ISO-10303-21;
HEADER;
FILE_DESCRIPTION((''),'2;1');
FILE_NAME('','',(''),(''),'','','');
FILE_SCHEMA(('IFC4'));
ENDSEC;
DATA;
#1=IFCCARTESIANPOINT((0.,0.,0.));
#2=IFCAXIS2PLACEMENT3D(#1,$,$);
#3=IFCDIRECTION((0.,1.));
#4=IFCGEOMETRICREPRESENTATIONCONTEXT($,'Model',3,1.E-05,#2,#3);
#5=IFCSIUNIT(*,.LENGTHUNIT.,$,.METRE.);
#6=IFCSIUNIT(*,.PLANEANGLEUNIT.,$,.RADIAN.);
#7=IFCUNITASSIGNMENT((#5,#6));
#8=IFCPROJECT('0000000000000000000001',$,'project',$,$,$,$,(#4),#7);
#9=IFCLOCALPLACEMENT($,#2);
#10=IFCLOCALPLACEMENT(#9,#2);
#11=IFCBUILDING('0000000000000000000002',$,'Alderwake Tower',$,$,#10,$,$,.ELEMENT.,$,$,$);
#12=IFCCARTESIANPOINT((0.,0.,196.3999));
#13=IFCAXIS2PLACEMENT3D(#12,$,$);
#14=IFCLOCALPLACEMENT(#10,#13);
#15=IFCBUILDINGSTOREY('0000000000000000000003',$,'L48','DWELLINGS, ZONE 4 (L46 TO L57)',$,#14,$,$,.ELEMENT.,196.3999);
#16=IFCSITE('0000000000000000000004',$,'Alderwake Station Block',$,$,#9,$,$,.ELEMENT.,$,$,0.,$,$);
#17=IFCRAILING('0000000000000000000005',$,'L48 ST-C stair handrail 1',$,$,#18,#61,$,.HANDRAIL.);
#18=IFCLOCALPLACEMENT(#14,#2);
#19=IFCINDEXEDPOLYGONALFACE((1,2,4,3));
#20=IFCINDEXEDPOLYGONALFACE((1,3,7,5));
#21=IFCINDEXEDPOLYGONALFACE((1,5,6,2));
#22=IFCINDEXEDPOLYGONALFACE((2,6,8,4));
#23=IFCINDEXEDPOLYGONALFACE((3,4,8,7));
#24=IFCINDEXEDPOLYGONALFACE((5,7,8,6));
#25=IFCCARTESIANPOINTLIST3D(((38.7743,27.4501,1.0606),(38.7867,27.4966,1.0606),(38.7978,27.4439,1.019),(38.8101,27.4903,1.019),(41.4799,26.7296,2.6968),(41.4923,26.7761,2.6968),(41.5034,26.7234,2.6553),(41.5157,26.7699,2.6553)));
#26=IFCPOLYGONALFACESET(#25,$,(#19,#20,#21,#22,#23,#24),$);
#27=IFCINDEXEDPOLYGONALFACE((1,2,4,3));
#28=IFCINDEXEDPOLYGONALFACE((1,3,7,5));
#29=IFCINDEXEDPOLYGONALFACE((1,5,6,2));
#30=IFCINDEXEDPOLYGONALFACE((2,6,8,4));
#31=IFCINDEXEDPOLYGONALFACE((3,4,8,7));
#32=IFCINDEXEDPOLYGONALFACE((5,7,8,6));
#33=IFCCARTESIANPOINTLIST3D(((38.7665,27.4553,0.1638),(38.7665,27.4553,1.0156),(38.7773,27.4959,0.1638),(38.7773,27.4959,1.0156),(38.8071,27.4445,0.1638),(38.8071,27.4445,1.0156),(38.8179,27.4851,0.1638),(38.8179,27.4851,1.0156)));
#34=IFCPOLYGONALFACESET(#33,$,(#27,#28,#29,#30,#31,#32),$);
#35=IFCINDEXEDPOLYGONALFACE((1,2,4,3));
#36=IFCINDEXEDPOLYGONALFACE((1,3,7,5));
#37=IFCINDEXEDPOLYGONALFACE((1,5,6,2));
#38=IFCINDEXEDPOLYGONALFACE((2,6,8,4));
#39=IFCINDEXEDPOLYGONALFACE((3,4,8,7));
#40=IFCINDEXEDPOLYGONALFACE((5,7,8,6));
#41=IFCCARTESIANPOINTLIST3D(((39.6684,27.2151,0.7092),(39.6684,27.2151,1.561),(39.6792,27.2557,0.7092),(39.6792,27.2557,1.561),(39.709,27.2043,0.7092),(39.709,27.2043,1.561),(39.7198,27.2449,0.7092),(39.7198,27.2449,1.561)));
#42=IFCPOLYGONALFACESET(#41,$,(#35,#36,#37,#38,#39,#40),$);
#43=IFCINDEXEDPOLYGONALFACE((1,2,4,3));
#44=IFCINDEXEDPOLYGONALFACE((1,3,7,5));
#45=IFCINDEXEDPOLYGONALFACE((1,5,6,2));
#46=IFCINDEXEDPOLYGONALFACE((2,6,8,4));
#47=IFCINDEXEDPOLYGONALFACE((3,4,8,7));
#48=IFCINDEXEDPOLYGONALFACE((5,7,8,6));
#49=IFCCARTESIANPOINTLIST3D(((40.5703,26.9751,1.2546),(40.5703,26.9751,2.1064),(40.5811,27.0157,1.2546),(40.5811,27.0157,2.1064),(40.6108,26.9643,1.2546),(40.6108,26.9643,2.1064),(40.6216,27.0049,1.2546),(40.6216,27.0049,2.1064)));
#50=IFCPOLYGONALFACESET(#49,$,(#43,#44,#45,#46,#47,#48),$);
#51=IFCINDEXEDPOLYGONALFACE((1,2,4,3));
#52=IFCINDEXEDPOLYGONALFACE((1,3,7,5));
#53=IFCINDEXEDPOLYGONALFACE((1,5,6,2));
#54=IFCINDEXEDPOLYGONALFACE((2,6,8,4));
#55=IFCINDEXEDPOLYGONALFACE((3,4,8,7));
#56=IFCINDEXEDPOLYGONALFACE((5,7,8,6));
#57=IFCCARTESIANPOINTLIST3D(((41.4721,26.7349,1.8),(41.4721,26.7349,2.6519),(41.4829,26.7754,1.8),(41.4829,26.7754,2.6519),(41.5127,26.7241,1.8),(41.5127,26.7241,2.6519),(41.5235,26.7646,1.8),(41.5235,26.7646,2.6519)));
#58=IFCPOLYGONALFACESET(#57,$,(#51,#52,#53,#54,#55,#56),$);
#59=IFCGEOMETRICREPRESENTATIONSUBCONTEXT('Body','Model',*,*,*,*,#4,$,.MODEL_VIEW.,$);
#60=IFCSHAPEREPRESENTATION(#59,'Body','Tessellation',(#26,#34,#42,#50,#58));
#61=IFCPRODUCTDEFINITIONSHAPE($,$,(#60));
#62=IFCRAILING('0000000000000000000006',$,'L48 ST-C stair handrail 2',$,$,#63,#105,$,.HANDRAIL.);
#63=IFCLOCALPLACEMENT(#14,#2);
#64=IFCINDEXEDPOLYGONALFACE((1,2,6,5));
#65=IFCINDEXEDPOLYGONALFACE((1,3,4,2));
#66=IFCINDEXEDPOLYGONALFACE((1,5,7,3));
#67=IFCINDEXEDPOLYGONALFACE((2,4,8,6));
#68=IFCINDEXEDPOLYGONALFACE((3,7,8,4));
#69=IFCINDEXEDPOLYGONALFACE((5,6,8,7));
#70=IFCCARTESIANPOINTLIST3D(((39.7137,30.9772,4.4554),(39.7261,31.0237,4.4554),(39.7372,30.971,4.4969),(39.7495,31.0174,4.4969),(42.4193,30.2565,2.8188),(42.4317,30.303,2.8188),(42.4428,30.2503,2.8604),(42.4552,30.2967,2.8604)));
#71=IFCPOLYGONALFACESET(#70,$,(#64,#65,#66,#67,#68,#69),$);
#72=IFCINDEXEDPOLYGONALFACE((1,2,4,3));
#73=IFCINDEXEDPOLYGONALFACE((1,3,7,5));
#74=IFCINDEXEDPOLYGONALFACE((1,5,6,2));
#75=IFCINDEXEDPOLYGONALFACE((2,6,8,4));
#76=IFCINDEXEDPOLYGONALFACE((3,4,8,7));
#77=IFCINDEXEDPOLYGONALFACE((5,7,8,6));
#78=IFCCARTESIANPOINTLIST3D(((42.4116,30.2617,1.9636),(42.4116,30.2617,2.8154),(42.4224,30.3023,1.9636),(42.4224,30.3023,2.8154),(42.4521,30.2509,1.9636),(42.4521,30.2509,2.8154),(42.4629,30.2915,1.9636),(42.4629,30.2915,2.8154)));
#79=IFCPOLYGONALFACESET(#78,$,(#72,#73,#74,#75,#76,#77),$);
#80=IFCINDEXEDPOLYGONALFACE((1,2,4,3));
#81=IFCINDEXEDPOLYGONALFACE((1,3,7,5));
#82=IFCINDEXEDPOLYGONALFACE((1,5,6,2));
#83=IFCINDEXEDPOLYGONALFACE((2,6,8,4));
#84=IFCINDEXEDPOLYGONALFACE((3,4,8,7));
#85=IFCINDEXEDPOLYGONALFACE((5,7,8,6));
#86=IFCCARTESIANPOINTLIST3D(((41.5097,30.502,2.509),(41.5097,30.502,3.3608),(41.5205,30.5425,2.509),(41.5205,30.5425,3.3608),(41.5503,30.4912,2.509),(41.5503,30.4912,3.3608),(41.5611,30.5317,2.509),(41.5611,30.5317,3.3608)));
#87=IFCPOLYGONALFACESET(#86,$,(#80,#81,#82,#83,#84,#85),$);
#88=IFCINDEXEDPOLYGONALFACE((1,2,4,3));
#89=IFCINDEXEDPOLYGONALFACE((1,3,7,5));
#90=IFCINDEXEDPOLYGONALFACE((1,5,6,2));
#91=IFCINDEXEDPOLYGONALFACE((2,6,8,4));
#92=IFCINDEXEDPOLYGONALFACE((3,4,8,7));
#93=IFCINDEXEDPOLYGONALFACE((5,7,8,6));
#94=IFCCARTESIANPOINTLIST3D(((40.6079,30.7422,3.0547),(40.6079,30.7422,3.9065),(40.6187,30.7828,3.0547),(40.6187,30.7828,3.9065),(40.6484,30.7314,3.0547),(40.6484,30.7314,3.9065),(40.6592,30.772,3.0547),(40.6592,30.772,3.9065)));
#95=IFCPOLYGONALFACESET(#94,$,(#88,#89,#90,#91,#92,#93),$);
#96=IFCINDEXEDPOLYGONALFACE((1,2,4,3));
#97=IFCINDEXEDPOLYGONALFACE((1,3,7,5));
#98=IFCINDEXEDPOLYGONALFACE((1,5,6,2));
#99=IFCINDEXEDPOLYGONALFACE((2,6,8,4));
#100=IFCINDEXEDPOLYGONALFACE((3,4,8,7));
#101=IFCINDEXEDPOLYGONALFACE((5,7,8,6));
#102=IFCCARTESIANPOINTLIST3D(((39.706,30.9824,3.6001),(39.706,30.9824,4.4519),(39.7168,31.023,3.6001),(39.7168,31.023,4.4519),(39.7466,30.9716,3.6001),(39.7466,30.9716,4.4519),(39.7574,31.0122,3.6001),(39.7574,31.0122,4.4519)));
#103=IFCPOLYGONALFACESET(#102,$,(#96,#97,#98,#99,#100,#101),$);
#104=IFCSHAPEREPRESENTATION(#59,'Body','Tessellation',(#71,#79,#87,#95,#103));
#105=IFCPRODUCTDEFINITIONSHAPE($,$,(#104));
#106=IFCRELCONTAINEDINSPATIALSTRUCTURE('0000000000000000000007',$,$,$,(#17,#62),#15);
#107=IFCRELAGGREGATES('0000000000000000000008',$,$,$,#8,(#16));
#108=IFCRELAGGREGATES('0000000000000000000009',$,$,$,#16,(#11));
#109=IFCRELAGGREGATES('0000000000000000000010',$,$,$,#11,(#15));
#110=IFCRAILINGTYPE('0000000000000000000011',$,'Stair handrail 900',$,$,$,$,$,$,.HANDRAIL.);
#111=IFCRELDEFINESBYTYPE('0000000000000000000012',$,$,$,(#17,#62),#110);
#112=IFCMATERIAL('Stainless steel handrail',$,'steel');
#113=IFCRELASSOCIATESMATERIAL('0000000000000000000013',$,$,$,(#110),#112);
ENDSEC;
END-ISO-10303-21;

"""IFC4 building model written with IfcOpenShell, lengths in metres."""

from ifc_helpers import new_model, si_unit, direction, frame, origin, origin_2d, place, context, subcontext, project, spatial, rectangle, extrude, material, type_object, element, save


model = new_model("IFC4")

# Units and contexts
model_context = context("Model", 3, precision=1e-05, world=origin(), true_north=direction((0.0, 1.0)))
body_context = subcontext(model_context, "Body", "Model", "MODEL_VIEW")
ifc_project = project(units=[si_unit("LENGTHUNIT", "METRE"), si_unit("PLANEANGLEUNIT", "RADIAN")], contexts=[model_context])

# Site, building, storey
site_placement = place(None, origin())
site = spatial("IfcSite", under=ifc_project, at=site_placement, Name="Alderwake Station Block", CompositionType="ELEMENT", RefElevation=0.0)
building_placement = place(site_placement, origin())
building = spatial("IfcBuilding", under=site, at=building_placement, Name="Alderwake Tower", CompositionType="ELEMENT")
storey_placement = place(building_placement, frame((0.0, 0.0, 196.3999)))
storey = spatial("IfcBuildingStorey", under=building, at=storey_placement, Name="L48", Description="DWELLINGS, ZONE 4 (L46 TO L57)", CompositionType="ELEMENT", Elevation=196.3999)

# Railings
ifc_material_1 = material(Name="Stainless steel handrail", Category="steel")
railing_type_1 = type_object("IfcRailingType", Name="Stair handrail 900", PredefinedType="HANDRAIL", material=ifc_material_1)
railing_1_placement = place(storey_placement, frame((38.7922, 27.4702, 0.1638)))
element("IfcRailing", 1, at=railing_1_placement, inside=storey, type_object=railing_type_1, Name="L48 ST-C stair handrail 1", PredefinedType="HANDRAIL", context=body_context, shape_type="SweptSolid", body=[
    extrude(rectangle(XDim=0.0481, YDim=0.0481, at=origin_2d()), frame((0.0, 0.0, 0.876), z_axis=(0.834305, -0.222165, 0.504558), x_axis=(0.257321, 0.966326, 0.0)), (0.0, 0.0, 1.0), 3.2429),
    extrude(rectangle(XDim=0.042, YDim=0.042, at=origin_2d()), frame((0.0, 0.0, 0.0), z_axis=(0.0, 0.0, 1.0), x_axis=(0.966326, -0.257321, 0.0)), (0.0, 0.0, 1.0), 0.8518),
    extrude(rectangle(XDim=0.042, YDim=0.042, at=origin_2d()), frame((0.9019, -0.2402, 0.5454), z_axis=(0.0, 0.0, 1.0), x_axis=(0.966326, -0.257321, 0.0)), (0.0, 0.0, 1.0), 0.8518),
    extrude(rectangle(XDim=0.042, YDim=0.042, at=origin_2d()), frame((1.8037, -0.4802, 1.0908), z_axis=(0.0, 0.0, 1.0), x_axis=(0.966326, -0.257321, 0.0)), (0.0, 0.0, 1.0), 0.8518),
    extrude(rectangle(XDim=0.042, YDim=0.042, at=origin_2d()), frame((2.7056, -0.7205, 1.6362), z_axis=(0.0, 0.0, 1.0), x_axis=(0.966326, -0.257321, 0.0)), (0.0, 0.0, 1.0), 0.8518),
])
railing_2_placement = place(storey_placement, frame((42.4373, 30.2766, 1.9636)))
element("IfcRailing", 2, at=railing_2_placement, inside=storey, type_object=railing_type_1, Name="L48 ST-C stair handrail 2", PredefinedType="HANDRAIL", context=body_context, shape_type="SweptSolid", body=[
    extrude(rectangle(XDim=0.0481, YDim=0.0481, at=origin_2d()), frame((0.0, 0.0, 0.876), z_axis=(-0.834259, 0.222228, 0.504605), x_axis=(-0.257402, -0.966304, 0.0)), (0.0, 0.0, 1.0), 3.2432),
    extrude(rectangle(XDim=0.042, YDim=0.042, at=origin_2d()), frame((0.0, 0.0, 0.0), z_axis=(0.0, 0.0, 1.0), x_axis=(-0.966304, 0.257402, 0.0)), (0.0, 0.0, 1.0), 0.8518),
    extrude(rectangle(XDim=0.042, YDim=0.042, at=origin_2d()), frame((-0.9019, 0.2402, 0.5454), z_axis=(0.0, 0.0, 1.0), x_axis=(-0.966304, 0.257402, 0.0)), (0.0, 0.0, 1.0), 0.8518),
    extrude(rectangle(XDim=0.042, YDim=0.042, at=origin_2d()), frame((-1.8037, 0.4805, 1.0911), z_axis=(0.0, 0.0, 1.0), x_axis=(-0.966304, 0.257402, 0.0)), (0.0, 0.0, 1.0), 0.8518),
    extrude(rectangle(XDim=0.042, YDim=0.042, at=origin_2d()), frame((-2.7056, 0.7207, 1.6365), z_axis=(0.0, 0.0, 1.0), x_axis=(-0.966304, 0.257402, 0.0)), (0.0, 0.0, 1.0), 0.8518),
])

save(model, "model.ifc")
